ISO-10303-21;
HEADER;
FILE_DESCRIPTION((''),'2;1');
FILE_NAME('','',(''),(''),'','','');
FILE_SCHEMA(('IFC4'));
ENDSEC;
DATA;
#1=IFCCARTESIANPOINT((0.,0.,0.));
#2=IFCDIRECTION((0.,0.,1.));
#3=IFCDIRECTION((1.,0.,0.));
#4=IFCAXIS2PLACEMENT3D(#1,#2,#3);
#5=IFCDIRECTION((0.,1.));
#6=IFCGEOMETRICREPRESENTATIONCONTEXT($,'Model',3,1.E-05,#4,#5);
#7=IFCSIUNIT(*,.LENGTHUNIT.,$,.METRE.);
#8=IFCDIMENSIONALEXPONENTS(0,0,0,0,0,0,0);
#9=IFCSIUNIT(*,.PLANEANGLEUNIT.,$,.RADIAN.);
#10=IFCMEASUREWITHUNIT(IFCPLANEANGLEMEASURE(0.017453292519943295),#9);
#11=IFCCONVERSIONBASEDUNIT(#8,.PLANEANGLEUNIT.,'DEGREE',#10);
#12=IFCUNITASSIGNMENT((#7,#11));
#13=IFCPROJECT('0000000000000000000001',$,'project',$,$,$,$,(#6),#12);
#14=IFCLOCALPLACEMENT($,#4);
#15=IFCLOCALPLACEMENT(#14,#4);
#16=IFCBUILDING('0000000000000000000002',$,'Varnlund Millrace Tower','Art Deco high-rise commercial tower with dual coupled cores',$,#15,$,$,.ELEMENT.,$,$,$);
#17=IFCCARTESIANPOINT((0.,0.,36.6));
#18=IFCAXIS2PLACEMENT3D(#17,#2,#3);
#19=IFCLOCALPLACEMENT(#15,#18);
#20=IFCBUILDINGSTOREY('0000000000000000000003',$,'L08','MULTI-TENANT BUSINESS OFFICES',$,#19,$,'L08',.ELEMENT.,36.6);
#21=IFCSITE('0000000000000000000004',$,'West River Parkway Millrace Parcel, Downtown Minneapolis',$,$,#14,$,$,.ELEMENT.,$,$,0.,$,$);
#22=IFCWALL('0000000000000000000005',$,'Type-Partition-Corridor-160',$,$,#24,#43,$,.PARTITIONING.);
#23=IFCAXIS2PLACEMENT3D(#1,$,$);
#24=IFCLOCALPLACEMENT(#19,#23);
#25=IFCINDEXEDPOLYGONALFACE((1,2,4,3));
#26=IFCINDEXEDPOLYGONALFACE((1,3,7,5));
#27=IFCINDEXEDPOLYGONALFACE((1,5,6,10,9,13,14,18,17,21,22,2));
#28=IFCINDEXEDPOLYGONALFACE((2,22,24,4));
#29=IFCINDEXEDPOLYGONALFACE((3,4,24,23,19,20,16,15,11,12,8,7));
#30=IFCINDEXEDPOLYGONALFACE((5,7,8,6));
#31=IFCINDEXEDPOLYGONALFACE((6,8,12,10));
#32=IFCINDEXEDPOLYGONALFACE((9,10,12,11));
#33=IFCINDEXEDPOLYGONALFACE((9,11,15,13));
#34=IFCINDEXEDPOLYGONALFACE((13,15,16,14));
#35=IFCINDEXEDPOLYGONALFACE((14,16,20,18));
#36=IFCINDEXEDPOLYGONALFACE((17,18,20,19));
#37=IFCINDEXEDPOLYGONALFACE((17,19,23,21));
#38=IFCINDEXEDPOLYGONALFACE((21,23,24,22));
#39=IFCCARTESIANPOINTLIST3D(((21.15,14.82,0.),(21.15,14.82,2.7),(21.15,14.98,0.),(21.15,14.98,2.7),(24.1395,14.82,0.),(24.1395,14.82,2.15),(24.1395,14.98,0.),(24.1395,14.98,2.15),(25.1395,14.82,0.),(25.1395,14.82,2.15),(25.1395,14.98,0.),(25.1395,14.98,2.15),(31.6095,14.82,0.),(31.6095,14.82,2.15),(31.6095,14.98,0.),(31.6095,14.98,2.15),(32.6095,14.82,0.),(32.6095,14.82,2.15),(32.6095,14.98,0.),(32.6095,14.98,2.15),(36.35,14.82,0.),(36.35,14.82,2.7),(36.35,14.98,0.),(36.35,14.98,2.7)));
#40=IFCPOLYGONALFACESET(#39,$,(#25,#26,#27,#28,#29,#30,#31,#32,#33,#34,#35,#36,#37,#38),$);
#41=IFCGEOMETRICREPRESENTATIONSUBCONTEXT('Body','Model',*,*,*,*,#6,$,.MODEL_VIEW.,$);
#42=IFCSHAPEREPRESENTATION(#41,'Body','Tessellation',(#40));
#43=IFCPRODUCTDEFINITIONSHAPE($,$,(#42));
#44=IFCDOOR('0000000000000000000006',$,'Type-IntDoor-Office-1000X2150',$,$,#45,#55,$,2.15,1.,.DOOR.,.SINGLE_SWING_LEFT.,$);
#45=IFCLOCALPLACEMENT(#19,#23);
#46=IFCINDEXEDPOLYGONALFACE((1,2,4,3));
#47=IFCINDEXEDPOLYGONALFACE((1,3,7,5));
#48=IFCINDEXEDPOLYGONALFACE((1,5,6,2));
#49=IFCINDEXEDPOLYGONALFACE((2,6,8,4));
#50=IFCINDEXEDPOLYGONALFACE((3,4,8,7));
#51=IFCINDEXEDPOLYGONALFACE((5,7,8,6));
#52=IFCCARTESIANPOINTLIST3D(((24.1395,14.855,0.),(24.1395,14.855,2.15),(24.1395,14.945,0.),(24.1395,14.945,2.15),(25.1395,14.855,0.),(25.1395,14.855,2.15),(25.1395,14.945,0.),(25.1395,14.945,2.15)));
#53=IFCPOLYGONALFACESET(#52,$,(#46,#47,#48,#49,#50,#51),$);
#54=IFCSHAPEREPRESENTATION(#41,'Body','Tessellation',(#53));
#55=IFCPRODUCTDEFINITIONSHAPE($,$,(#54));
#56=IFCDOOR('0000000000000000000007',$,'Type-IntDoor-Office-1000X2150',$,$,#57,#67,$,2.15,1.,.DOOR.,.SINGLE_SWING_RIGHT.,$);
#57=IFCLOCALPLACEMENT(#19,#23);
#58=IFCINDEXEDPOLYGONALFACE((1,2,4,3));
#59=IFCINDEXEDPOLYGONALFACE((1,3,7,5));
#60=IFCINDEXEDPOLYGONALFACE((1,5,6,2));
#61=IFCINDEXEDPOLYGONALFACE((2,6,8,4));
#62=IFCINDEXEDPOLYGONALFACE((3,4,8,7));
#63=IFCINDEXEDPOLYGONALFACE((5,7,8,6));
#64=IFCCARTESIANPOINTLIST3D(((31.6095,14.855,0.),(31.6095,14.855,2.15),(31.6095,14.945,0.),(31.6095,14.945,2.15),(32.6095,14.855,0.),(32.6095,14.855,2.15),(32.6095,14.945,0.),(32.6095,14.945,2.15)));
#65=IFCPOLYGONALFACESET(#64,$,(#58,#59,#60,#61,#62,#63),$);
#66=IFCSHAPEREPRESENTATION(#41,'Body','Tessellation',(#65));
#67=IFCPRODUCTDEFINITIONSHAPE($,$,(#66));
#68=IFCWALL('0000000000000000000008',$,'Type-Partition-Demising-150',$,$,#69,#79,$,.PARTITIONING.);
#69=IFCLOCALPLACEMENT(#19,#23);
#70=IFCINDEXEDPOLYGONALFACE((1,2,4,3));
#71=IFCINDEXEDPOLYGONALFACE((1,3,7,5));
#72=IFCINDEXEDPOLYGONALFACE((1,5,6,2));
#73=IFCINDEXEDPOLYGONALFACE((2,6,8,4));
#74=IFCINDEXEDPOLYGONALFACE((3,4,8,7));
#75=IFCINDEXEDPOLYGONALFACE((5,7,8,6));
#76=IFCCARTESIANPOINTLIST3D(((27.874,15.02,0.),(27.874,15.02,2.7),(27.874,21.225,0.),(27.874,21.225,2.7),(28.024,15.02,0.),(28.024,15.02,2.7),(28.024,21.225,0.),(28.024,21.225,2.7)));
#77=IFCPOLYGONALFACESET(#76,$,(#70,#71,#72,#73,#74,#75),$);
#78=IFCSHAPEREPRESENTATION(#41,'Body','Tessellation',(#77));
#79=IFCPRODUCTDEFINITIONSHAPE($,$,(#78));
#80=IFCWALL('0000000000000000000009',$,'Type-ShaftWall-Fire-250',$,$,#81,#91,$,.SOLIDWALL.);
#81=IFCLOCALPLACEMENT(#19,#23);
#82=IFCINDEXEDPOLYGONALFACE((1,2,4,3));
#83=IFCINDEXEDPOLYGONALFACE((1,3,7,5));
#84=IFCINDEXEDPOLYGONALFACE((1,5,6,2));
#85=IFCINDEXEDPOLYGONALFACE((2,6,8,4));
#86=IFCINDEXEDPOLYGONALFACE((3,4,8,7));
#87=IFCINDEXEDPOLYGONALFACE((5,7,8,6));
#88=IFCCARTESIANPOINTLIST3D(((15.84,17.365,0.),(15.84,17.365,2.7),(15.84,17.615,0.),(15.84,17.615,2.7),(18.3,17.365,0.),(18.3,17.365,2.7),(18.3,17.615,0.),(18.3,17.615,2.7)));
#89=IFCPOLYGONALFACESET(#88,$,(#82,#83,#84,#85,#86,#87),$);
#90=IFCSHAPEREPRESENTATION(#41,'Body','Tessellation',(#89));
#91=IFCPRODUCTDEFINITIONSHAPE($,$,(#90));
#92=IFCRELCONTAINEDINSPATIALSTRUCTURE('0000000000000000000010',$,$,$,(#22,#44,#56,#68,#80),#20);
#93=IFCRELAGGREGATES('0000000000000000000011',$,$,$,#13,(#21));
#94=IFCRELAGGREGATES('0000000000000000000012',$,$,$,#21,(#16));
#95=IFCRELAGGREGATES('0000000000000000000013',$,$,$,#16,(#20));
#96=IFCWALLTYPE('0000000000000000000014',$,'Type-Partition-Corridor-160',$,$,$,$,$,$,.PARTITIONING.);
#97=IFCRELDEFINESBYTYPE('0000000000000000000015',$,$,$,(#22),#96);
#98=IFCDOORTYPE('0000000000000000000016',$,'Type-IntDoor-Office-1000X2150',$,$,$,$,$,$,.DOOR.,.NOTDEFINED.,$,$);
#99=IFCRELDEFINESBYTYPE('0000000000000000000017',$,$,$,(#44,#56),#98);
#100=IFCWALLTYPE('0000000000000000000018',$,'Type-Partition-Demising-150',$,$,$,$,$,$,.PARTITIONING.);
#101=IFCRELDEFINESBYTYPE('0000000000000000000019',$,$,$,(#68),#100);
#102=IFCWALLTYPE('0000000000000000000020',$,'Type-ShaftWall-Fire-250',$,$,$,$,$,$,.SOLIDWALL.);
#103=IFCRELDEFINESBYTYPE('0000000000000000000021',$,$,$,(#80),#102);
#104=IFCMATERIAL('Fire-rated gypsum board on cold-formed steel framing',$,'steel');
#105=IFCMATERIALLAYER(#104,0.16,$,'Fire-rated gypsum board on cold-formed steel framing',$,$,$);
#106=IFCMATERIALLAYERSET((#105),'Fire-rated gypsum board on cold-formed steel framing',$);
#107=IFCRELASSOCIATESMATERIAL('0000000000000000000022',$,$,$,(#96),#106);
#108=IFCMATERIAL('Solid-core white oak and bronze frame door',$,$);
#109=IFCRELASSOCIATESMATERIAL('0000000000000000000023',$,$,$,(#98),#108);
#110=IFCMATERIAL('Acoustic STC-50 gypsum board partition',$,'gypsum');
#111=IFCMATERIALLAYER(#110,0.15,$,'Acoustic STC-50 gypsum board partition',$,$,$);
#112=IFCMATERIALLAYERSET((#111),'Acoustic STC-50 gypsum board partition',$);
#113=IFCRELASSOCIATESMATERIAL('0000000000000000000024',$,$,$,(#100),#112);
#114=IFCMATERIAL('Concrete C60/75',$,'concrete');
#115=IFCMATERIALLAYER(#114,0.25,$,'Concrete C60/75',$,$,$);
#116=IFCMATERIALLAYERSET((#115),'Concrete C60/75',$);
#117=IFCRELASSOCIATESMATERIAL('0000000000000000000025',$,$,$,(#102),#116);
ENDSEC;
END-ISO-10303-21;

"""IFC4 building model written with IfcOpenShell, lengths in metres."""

from ifc_helpers import new_model, entity, si_unit, converted_unit, direction, frame, origin_with_axes, origin_2d_with_axis, place, context, subcontext, project, spatial, polyline, rectangle, outline, extrude, material, layer, layer_set, type_object, element, fill, save


model = new_model("IFC4")

# Units and contexts
model_context = context("Model", 3, precision=1e-05, world=origin_with_axes(), true_north=direction((0.0, 1.0)))
body_context = subcontext(model_context, "Body", "Model", "MODEL_VIEW")
ifc_project = project(units=[si_unit("LENGTHUNIT", "METRE"), converted_unit("PLANEANGLEUNIT", "DEGREE", entity("IfcPlaneAngleMeasure", 0.017453292519943295), si_unit("PLANEANGLEUNIT", "RADIAN"), dimensions=[0, 0, 0, 0, 0, 0, 0])], contexts=[model_context])

# Site, building, storey
site_placement = place(None, origin_with_axes())
site = spatial("IfcSite", under=ifc_project, at=site_placement, Name="West River Parkway Millrace Parcel, Downtown Minneapolis", CompositionType="ELEMENT", RefElevation=0.0)
building_placement = place(site_placement, origin_with_axes())
building = spatial("IfcBuilding", under=site, at=building_placement, Name="Varnlund Millrace Tower", Description="Art Deco high-rise commercial tower with dual coupled cores", CompositionType="ELEMENT")
storey_placement = place(building_placement, frame((0.0, 0.0, 36.6), z_axis=(0.0, 0.0, 1.0), x_axis=(1.0, 0.0, 0.0)))
storey = spatial("IfcBuildingStorey", under=building, at=storey_placement, Name="L08", Description="MULTI-TENANT BUSINESS OFFICES", LongName="L08", CompositionType="ELEMENT", Elevation=36.6)

# Wall, openings, doors
ifc_material_1 = material(Name="Fire-rated gypsum board on cold-formed steel framing", Category="steel")
ifc_layer_1 = layer(ifc_material_1, 0.16, Name="Fire-rated gypsum board on cold-formed steel framing")
ifc_layer_set_1 = layer_set([ifc_layer_1], Name="Fire-rated gypsum board on cold-formed steel framing")
wall_type_1 = type_object("IfcWallType", Name="Type-Partition-Corridor-160", PredefinedType="PARTITIONING", material=ifc_layer_set_1)
wall_1_placement = place(storey_placement, frame((21.15, 14.9, 0.0), z_axis=(0.0, 0.0, 1.0), x_axis=(1.0, 0.0, 0.0)))
wall_1 = element("IfcWall", 1, at=wall_1_placement, inside=storey, type_object=wall_type_1, Name="Type-Partition-Corridor-160", PredefinedType="PARTITIONING", context=body_context, shape_type="SweptSolid", body=[
    extrude(outline(polyline([(0.0, -0.08), (15.2, -0.08), (15.2, 0.08), (0.0, 0.08), (0.0, -0.08)])), origin_with_axes(), (0.0, 0.0, 1.0), 2.7),
])
opening_1_placement = place(wall_1_placement, frame((3.4895, 0.0, 0.0), z_axis=(0.0, 0.0, 1.0), x_axis=(1.0, 0.0, 0.0)))
opening_1 = element("IfcOpeningElement", 2, at=opening_1_placement, cuts=wall_1, PredefinedType="OPENING", context=body_context, shape_type="SweptSolid", body=[
    extrude(rectangle(XDim=1.0, YDim=0.18, at=origin_2d_with_axis()), origin_with_axes(), (0.0, 0.0, 1.0), 2.15),
])
opening_2_placement = place(wall_1_placement, frame((10.9595, 0.0, 0.0), z_axis=(0.0, 0.0, 1.0), x_axis=(1.0, 0.0, 0.0)))
opening_2 = element("IfcOpeningElement", 3, at=opening_2_placement, cuts=wall_1, PredefinedType="OPENING", context=body_context, shape_type="SweptSolid", body=[
    extrude(rectangle(XDim=1.0, YDim=0.18, at=origin_2d_with_axis()), origin_with_axes(), (0.0, 0.0, 1.0), 2.15),
])
ifc_material_2 = material(Name="Solid-core white oak and bronze frame door")
door_type_1 = type_object("IfcDoorType", Name="Type-IntDoor-Office-1000X2150", OperationType="NOTDEFINED", PredefinedType="DOOR", material=ifc_material_2)
door_1_placement = place(wall_1_placement, frame((3.4895, 0.0, 0.0), z_axis=(0.0, 0.0, 1.0), x_axis=(1.0, 0.0, 0.0)))
door_1 = element("IfcDoor", 4, at=door_1_placement, inside=storey, type_object=door_type_1, Name="Type-IntDoor-Office-1000X2150", OperationType="SINGLE_SWING_LEFT", OverallHeight=2.15, OverallWidth=1.0, PredefinedType="DOOR", context=body_context, shape_type="SweptSolid", body=[
    extrude(rectangle(XDim=1.0, YDim=0.09, at=origin_2d_with_axis()), origin_with_axes(), (0.0, 0.0, 1.0), 2.15),
])
fill(opening_1, door_1)
door_2_placement = place(wall_1_placement, frame((10.9595, 0.0, 0.0), z_axis=(0.0, 0.0, 1.0), x_axis=(1.0, 0.0, 0.0)))
door_2 = element("IfcDoor", 5, at=door_2_placement, inside=storey, type_object=door_type_1, Name="Type-IntDoor-Office-1000X2150", OperationType="SINGLE_SWING_RIGHT", OverallHeight=2.15, OverallWidth=1.0, PredefinedType="DOOR", context=body_context, shape_type="SweptSolid", body=[
    extrude(rectangle(XDim=1.0, YDim=0.09, at=origin_2d_with_axis()), origin_with_axes(), (0.0, 0.0, 1.0), 2.15),
])
fill(opening_2, door_2)

# Walls
ifc_material_3 = material(Name="Acoustic STC-50 gypsum board partition", Category="gypsum")
ifc_layer_2 = layer(ifc_material_3, 0.15, Name="Acoustic STC-50 gypsum board partition")
ifc_layer_set_2 = layer_set([ifc_layer_2], Name="Acoustic STC-50 gypsum board partition")
wall_type_2 = type_object("IfcWallType", Name="Type-Partition-Demising-150", PredefinedType="PARTITIONING", material=ifc_layer_set_2)
wall_2_placement = place(storey_placement, frame((27.949, 15.02, 0.0), z_axis=(0.0, 0.0, 1.0), x_axis=(0.0, 1.0, 0.0)))
element("IfcWall", 6, at=wall_2_placement, inside=storey, type_object=wall_type_2, Name="Type-Partition-Demising-150", PredefinedType="PARTITIONING", context=body_context, shape_type="SweptSolid", body=[
    extrude(outline(polyline([(0.0, -0.075), (6.205, -0.075), (6.205, 0.075), (0.0, 0.075), (0.0, -0.075)])), origin_with_axes(), (0.0, 0.0, 1.0), 2.7),
])
ifc_material_4 = material(Name="Concrete C60/75", Category="concrete")
ifc_layer_3 = layer(ifc_material_4, 0.25, Name="Concrete C60/75")
ifc_layer_set_3 = layer_set([ifc_layer_3], Name="Concrete C60/75")
wall_type_3 = type_object("IfcWallType", Name="Type-ShaftWall-Fire-250", PredefinedType="SOLIDWALL", material=ifc_layer_set_3)
wall_3_placement = place(storey_placement, frame((15.84, 17.49, 0.0), z_axis=(0.0, 0.0, 1.0), x_axis=(1.0, 0.0, 0.0)))
element("IfcWall", 7, at=wall_3_placement, inside=storey, type_object=wall_type_3, Name="Type-ShaftWall-Fire-250", PredefinedType="SOLIDWALL", context=body_context, shape_type="SweptSolid", body=[
    extrude(outline(polyline([(0.0, -0.125), (2.46, -0.125), (2.46, 0.125), (0.0, 0.125), (0.0, -0.125)])), origin_with_axes(), (0.0, 0.0, 1.0), 2.7),
])

save(model, "model.ifc")
